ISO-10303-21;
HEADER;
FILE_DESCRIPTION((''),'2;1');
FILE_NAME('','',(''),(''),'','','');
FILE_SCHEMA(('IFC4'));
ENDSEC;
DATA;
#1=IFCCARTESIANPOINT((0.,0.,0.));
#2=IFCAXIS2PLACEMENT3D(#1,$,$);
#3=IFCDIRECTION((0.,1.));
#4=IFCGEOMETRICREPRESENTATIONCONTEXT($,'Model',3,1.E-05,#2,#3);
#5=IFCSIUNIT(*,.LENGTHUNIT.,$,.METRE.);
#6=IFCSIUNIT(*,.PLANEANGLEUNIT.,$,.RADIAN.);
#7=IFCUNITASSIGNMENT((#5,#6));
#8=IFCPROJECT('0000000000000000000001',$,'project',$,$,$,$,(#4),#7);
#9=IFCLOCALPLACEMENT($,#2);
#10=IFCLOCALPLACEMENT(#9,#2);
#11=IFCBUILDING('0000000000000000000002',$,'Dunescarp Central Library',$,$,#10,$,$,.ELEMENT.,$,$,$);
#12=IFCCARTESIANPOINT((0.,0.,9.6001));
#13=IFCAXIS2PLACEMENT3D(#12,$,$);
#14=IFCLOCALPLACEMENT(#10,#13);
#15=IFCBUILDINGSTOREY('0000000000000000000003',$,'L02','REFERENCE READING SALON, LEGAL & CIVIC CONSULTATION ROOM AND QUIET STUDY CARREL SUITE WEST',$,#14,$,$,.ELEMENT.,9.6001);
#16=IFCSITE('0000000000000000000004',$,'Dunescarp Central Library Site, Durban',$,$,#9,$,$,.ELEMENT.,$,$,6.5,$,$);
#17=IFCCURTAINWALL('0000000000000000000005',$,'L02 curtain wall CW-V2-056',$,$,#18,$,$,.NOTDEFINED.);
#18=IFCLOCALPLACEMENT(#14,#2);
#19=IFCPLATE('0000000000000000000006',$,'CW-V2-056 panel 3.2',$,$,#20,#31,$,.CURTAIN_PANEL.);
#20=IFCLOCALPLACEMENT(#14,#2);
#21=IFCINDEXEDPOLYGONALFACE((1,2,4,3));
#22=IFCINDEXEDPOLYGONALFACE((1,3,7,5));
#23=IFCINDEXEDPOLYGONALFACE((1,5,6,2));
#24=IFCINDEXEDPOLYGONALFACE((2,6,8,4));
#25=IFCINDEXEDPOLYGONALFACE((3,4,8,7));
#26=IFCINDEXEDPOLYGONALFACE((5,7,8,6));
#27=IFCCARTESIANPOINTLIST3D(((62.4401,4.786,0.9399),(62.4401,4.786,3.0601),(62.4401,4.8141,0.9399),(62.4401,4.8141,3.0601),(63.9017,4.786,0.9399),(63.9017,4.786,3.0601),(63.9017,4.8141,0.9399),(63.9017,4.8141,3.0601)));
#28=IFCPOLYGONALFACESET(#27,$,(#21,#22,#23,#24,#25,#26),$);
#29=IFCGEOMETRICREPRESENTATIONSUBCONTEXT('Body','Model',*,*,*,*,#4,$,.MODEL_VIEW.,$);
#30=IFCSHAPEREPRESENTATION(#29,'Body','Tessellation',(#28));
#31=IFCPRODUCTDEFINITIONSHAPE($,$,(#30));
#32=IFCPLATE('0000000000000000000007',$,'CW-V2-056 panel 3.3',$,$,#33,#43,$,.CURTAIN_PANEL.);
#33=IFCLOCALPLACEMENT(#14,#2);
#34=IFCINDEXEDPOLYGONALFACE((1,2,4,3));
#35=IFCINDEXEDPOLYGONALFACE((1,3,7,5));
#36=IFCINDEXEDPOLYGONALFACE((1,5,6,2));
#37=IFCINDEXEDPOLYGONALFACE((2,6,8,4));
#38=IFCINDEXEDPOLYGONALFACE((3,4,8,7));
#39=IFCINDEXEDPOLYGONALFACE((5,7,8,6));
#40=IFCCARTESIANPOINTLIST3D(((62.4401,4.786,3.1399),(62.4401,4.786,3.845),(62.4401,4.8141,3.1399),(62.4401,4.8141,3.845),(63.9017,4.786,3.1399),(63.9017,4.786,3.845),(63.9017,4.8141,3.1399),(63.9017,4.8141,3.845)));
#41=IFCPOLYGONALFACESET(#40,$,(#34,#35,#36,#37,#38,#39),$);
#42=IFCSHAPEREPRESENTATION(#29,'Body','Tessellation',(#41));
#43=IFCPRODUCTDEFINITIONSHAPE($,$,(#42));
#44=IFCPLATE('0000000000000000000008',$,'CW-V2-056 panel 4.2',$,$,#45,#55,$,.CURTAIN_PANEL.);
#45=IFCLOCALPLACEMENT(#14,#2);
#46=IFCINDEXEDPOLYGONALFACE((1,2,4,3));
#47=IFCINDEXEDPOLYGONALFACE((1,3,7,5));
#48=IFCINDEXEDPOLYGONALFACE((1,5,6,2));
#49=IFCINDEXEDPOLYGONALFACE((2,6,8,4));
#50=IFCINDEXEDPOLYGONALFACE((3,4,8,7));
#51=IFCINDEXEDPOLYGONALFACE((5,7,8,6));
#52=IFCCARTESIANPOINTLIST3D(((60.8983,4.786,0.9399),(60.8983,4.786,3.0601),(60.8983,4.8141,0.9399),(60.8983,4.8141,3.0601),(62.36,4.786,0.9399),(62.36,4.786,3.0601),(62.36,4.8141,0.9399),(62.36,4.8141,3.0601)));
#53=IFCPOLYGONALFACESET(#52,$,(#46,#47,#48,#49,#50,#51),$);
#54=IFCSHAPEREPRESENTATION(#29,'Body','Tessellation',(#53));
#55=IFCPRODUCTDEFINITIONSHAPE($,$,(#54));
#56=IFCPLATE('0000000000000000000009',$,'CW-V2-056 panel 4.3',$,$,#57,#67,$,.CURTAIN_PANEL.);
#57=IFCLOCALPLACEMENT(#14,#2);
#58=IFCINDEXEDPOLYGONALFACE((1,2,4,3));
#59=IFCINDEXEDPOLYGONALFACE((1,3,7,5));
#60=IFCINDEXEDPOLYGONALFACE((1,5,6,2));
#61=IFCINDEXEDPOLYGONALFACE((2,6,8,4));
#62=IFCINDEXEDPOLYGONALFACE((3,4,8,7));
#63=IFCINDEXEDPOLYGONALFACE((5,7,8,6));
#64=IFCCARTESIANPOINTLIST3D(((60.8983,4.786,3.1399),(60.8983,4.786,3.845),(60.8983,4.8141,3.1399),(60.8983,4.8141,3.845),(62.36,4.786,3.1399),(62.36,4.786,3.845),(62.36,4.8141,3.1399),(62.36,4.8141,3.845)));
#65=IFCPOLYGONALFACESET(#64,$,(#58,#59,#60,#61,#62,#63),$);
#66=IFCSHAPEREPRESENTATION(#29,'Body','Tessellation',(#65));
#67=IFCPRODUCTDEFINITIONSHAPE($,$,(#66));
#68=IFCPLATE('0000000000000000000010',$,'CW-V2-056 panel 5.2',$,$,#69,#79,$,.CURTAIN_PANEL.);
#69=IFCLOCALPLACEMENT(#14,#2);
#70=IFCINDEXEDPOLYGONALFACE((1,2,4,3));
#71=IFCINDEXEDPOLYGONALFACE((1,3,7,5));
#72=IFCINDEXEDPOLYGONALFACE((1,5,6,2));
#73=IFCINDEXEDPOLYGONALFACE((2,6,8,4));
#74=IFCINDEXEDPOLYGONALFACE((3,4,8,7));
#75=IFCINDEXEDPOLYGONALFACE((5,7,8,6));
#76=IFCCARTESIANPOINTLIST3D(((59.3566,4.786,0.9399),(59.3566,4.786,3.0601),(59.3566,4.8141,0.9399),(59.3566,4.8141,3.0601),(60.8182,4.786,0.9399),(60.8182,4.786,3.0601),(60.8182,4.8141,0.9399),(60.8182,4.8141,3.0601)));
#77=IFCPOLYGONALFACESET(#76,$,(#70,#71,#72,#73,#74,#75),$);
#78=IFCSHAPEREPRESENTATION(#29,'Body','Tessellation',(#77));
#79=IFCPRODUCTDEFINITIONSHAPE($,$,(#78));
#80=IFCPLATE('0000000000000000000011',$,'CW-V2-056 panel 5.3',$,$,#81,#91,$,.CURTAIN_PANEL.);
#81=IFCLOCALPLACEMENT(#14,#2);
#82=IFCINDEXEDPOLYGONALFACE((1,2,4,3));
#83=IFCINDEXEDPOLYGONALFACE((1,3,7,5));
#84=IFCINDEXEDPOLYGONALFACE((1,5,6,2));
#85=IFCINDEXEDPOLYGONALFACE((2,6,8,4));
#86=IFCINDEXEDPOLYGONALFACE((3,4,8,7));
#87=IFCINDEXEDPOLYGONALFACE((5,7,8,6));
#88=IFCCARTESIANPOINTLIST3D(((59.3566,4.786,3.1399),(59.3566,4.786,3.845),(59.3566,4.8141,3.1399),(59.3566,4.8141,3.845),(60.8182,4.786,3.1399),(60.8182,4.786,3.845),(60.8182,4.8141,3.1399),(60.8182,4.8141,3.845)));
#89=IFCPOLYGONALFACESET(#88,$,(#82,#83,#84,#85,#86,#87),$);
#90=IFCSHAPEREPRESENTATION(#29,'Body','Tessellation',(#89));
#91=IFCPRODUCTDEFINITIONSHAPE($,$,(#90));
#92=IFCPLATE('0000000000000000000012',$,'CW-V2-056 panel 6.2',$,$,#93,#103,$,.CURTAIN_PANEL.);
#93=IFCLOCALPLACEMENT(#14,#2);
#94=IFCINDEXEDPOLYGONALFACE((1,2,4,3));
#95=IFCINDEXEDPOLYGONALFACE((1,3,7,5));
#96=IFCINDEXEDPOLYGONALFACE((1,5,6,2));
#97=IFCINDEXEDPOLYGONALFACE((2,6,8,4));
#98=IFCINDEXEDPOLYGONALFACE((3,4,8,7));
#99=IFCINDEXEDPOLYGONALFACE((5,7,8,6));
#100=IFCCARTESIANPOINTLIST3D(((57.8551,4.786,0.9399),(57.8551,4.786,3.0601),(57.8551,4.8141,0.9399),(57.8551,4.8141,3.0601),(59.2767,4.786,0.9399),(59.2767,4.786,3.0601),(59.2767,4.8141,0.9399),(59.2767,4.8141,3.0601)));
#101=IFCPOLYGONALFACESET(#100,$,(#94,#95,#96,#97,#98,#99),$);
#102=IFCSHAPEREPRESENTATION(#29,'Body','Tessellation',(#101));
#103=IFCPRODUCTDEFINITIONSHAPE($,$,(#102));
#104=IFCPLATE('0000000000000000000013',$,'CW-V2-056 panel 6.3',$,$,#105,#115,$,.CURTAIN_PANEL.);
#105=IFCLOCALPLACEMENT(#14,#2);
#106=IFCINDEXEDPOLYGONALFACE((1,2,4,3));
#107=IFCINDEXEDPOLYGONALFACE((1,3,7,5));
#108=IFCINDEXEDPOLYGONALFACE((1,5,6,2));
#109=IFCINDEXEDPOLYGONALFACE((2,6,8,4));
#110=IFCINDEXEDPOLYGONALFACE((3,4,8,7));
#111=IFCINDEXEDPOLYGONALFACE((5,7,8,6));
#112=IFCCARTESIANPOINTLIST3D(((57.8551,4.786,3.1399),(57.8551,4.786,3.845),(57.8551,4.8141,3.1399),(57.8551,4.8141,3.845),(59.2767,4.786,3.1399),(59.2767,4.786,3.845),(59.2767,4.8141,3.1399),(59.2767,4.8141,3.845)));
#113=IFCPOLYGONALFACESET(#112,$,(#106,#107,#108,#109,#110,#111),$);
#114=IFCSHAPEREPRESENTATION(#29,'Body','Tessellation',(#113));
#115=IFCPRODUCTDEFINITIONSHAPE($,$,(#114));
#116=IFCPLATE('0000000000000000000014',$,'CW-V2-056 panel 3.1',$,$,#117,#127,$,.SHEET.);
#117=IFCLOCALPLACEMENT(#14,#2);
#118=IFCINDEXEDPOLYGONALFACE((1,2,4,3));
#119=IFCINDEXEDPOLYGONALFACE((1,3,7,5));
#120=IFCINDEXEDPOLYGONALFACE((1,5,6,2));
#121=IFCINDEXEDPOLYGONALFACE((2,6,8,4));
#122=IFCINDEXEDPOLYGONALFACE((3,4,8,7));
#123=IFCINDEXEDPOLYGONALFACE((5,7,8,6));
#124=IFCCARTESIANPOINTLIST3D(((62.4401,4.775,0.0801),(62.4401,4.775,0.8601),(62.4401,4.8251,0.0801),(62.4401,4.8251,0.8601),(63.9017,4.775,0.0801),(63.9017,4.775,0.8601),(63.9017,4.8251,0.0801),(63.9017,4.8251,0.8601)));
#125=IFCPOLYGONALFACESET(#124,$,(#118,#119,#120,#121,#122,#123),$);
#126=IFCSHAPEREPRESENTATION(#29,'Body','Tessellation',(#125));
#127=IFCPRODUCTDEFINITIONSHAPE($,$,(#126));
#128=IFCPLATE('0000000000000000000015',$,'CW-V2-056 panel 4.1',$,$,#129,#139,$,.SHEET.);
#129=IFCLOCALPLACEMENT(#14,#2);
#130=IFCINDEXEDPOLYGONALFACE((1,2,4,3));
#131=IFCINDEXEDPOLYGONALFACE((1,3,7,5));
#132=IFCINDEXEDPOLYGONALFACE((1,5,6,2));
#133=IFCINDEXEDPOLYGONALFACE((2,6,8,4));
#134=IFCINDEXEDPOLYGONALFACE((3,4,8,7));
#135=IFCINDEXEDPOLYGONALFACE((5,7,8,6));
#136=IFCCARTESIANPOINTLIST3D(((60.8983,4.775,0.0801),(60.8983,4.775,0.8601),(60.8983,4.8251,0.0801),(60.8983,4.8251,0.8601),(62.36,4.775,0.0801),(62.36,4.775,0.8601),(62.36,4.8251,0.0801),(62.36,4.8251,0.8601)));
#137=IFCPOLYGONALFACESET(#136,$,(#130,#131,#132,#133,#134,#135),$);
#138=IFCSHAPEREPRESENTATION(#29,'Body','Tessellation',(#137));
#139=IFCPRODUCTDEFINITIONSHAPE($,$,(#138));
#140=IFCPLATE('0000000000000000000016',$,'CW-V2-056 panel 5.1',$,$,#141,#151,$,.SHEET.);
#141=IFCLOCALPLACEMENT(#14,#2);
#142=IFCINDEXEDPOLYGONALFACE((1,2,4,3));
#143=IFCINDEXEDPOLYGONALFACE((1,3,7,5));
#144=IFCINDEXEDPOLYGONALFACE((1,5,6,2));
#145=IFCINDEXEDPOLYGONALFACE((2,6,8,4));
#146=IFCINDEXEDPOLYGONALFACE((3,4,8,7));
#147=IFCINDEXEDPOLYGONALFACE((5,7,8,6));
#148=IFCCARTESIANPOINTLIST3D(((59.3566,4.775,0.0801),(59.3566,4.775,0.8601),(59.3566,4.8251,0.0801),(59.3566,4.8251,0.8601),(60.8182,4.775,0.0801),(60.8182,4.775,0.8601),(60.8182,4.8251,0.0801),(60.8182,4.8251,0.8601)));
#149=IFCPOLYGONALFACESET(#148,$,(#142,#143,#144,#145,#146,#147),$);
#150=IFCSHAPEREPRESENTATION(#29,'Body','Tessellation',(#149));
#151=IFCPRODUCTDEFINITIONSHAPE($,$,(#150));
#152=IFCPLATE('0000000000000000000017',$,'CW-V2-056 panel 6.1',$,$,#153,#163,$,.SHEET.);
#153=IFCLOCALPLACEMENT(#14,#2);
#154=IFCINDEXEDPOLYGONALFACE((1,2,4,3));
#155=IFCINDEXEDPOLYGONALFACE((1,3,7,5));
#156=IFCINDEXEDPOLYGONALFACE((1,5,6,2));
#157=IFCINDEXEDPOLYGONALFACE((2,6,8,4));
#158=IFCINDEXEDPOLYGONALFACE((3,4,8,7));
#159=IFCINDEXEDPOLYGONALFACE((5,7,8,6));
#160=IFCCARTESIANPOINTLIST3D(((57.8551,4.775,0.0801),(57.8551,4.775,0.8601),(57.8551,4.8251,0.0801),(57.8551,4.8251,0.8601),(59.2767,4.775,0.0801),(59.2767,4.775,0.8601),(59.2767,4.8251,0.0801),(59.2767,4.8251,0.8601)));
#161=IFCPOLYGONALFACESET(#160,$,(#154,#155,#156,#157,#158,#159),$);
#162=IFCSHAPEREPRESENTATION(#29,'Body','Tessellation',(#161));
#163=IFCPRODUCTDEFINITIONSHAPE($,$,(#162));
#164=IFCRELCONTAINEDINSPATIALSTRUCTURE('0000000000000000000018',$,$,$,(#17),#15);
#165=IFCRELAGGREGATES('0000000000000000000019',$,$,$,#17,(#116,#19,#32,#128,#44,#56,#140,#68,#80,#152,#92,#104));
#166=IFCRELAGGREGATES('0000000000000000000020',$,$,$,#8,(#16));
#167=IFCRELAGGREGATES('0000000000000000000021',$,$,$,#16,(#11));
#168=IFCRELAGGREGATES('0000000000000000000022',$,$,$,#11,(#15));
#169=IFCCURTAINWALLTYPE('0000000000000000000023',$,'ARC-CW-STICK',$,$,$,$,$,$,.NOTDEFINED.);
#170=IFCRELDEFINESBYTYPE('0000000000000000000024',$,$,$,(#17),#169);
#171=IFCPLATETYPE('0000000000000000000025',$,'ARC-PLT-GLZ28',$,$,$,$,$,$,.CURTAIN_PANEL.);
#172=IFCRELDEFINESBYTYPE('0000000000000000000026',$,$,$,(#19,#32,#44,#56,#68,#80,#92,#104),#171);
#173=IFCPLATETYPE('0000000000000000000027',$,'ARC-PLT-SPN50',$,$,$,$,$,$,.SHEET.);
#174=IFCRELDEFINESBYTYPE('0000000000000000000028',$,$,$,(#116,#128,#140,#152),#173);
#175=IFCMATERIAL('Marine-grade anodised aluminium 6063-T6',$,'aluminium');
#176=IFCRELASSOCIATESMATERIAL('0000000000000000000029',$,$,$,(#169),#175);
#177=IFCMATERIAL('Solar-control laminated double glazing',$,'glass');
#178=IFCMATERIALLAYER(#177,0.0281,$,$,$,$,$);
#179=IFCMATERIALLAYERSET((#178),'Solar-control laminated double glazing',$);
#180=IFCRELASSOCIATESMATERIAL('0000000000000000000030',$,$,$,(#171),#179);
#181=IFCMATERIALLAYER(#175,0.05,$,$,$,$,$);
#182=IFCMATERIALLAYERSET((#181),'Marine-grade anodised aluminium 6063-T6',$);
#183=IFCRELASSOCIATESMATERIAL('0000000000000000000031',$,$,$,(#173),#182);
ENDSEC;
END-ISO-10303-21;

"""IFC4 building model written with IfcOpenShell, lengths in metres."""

from ifc_helpers import new_model, si_unit, direction, frame, origin, origin_2d, place, context, subcontext, project, spatial, rectangle, extrude, material, layer, layer_set, type_object, element, aggregate, save


model = new_model("IFC4")

# Units and contexts
model_context = context("Model", 3, precision=1e-05, world=origin(), true_north=direction((0.0, 1.0)))
body_context = subcontext(model_context, "Body", "Model", "MODEL_VIEW")
ifc_project = project(units=[si_unit("LENGTHUNIT", "METRE"), si_unit("PLANEANGLEUNIT", "RADIAN")], contexts=[model_context])

# Site, building, storey
site_placement = place(None, origin())
site = spatial("IfcSite", under=ifc_project, at=site_placement, Name="Dunescarp Central Library Site, Durban", CompositionType="ELEMENT", RefElevation=6.5)
building_placement = place(site_placement, origin())
building = spatial("IfcBuilding", under=site, at=building_placement, Name="Dunescarp Central Library", CompositionType="ELEMENT")
storey_placement = place(building_placement, frame((0.0, 0.0, 9.6001)))
storey = spatial("IfcBuildingStorey", under=building, at=storey_placement, Name="L02", Description="REFERENCE READING SALON, LEGAL & CIVIC CONSULTATION ROOM AND QUIET STUDY CARREL SUITE WEST", CompositionType="ELEMENT", Elevation=9.6001)

# Curtain wall, plates
ifc_material_1 = material(Name="Marine-grade anodised aluminium 6063-T6", Category="aluminium")
curtain_wall_type = type_object("IfcCurtainWallType", Name="ARC-CW-STICK", PredefinedType="NOTDEFINED", material=ifc_material_1)
curtain_wall_placement = place(storey_placement, origin())
curtain_wall = element("IfcCurtainWall", 1, at=curtain_wall_placement, inside=storey, type_object=curtain_wall_type, Name="L02 curtain wall CW-V2-056", PredefinedType="NOTDEFINED")
ifc_material_2 = material(Name="Solar-control laminated double glazing", Category="glass")
ifc_layer_1 = layer(ifc_material_2, 0.0281)
ifc_layer_set_1 = layer_set([ifc_layer_1], Name="Solar-control laminated double glazing")
plate_type_1 = type_object("IfcPlateType", Name="ARC-PLT-GLZ28", PredefinedType="CURTAIN_PANEL", material=ifc_layer_set_1)
plate_1_placement = place(storey_placement, frame((63.1709, 4.8, 0.9399), z_axis=(0.0, 0.0, 1.0), x_axis=(-1.0, 0.0, 0.0)))
plate_1 = element("IfcPlate", 2, at=plate_1_placement, type_object=plate_type_1, Name="CW-V2-056 panel 3.2", PredefinedType="CURTAIN_PANEL", context=body_context, shape_type="SweptSolid", body=[
    extrude(rectangle(XDim=1.4617, YDim=0.0281, at=origin_2d()), origin(), (0.0, 0.0, 1.0), 2.1201),
])
plate_2_placement = place(storey_placement, frame((63.1709, 4.8, 3.1399), z_axis=(0.0, 0.0, 1.0), x_axis=(-1.0, 0.0, 0.0)))
plate_2 = element("IfcPlate", 3, at=plate_2_placement, type_object=plate_type_1, Name="CW-V2-056 panel 3.3", PredefinedType="CURTAIN_PANEL", context=body_context, shape_type="SweptSolid", body=[
    extrude(rectangle(XDim=1.4617, YDim=0.0281, at=origin_2d()), origin(), (0.0, 0.0, 1.0), 0.7051),
])
plate_3_placement = place(storey_placement, frame((61.6292, 4.8, 0.9399), z_axis=(0.0, 0.0, 1.0), x_axis=(-1.0, 0.0, 0.0)))
plate_3 = element("IfcPlate", 4, at=plate_3_placement, type_object=plate_type_1, Name="CW-V2-056 panel 4.2", PredefinedType="CURTAIN_PANEL", context=body_context, shape_type="SweptSolid", body=[
    extrude(rectangle(XDim=1.4617, YDim=0.0281, at=origin_2d()), origin(), (0.0, 0.0, 1.0), 2.1201),
])
plate_4_placement = place(storey_placement, frame((61.6292, 4.8, 3.1399), z_axis=(0.0, 0.0, 1.0), x_axis=(-1.0, 0.0, 0.0)))
plate_4 = element("IfcPlate", 5, at=plate_4_placement, type_object=plate_type_1, Name="CW-V2-056 panel 4.3", PredefinedType="CURTAIN_PANEL", context=body_context, shape_type="SweptSolid", body=[
    extrude(rectangle(XDim=1.4617, YDim=0.0281, at=origin_2d()), origin(), (0.0, 0.0, 1.0), 0.7051),
])
plate_5_placement = place(storey_placement, frame((60.0874, 4.8, 0.9399), z_axis=(0.0, 0.0, 1.0), x_axis=(-1.0, 0.0, 0.0)))
plate_5 = element("IfcPlate", 6, at=plate_5_placement, type_object=plate_type_1, Name="CW-V2-056 panel 5.2", PredefinedType="CURTAIN_PANEL", context=body_context, shape_type="SweptSolid", body=[
    extrude(rectangle(XDim=1.4617, YDim=0.0281, at=origin_2d()), origin(), (0.0, 0.0, 1.0), 2.1201),
])
plate_6_placement = place(storey_placement, frame((60.0874, 4.8, 3.1399), z_axis=(0.0, 0.0, 1.0), x_axis=(-1.0, 0.0, 0.0)))
plate_6 = element("IfcPlate", 7, at=plate_6_placement, type_object=plate_type_1, Name="CW-V2-056 panel 5.3", PredefinedType="CURTAIN_PANEL", context=body_context, shape_type="SweptSolid", body=[
    extrude(rectangle(XDim=1.4617, YDim=0.0281, at=origin_2d()), origin(), (0.0, 0.0, 1.0), 0.7051),
])
plate_7_placement = place(storey_placement, frame((58.5659, 4.8, 0.9399), z_axis=(0.0, 0.0, 1.0), x_axis=(-1.0, 0.0, 0.0)))
plate_7 = element("IfcPlate", 8, at=plate_7_placement, type_object=plate_type_1, Name="CW-V2-056 panel 6.2", PredefinedType="CURTAIN_PANEL", context=body_context, shape_type="SweptSolid", body=[
    extrude(rectangle(XDim=1.4216, YDim=0.0281, at=origin_2d()), origin(), (0.0, 0.0, 1.0), 2.1201),
])
plate_8_placement = place(storey_placement, frame((58.5659, 4.8, 3.1399), z_axis=(0.0, 0.0, 1.0), x_axis=(-1.0, 0.0, 0.0)))
plate_8 = element("IfcPlate", 9, at=plate_8_placement, type_object=plate_type_1, Name="CW-V2-056 panel 6.3", PredefinedType="CURTAIN_PANEL", context=body_context, shape_type="SweptSolid", body=[
    extrude(rectangle(XDim=1.4216, YDim=0.0281, at=origin_2d()), origin(), (0.0, 0.0, 1.0), 0.7051),
])
ifc_layer_2 = layer(ifc_material_1, 0.05)
ifc_layer_set_2 = layer_set([ifc_layer_2], Name="Marine-grade anodised aluminium 6063-T6")
plate_type_2 = type_object("IfcPlateType", Name="ARC-PLT-SPN50", PredefinedType="SHEET", material=ifc_layer_set_2)
plate_9_placement = place(storey_placement, frame((63.1709, 4.8, 0.0801), z_axis=(0.0, 0.0, 1.0), x_axis=(-1.0, 0.0, 0.0)))
plate_9 = element("IfcPlate", 10, at=plate_9_placement, type_object=plate_type_2, Name="CW-V2-056 panel 3.1", PredefinedType="SHEET", context=body_context, shape_type="SweptSolid", body=[
    extrude(rectangle(XDim=1.4617, YDim=0.05, at=origin_2d()), origin(), (0.0, 0.0, 1.0), 0.78),
])
plate_10_placement = place(storey_placement, frame((61.6292, 4.8, 0.0801), z_axis=(0.0, 0.0, 1.0), x_axis=(-1.0, 0.0, 0.0)))
plate_10 = element("IfcPlate", 11, at=plate_10_placement, type_object=plate_type_2, Name="CW-V2-056 panel 4.1", PredefinedType="SHEET", context=body_context, shape_type="SweptSolid", body=[
    extrude(rectangle(XDim=1.4617, YDim=0.05, at=origin_2d()), origin(), (0.0, 0.0, 1.0), 0.78),
])
plate_11_placement = place(storey_placement, frame((60.0874, 4.8, 0.0801), z_axis=(0.0, 0.0, 1.0), x_axis=(-1.0, 0.0, 0.0)))
plate_11 = element("IfcPlate", 12, at=plate_11_placement, type_object=plate_type_2, Name="CW-V2-056 panel 5.1", PredefinedType="SHEET", context=body_context, shape_type="SweptSolid", body=[
    extrude(rectangle(XDim=1.4617, YDim=0.05, at=origin_2d()), origin(), (0.0, 0.0, 1.0), 0.78),
])
plate_12_placement = place(storey_placement, frame((58.5659, 4.8, 0.0801), z_axis=(0.0, 0.0, 1.0), x_axis=(-1.0, 0.0, 0.0)))
plate_12 = element("IfcPlate", 13, at=plate_12_placement, type_object=plate_type_2, Name="CW-V2-056 panel 6.1", PredefinedType="SHEET", context=body_context, shape_type="SweptSolid", body=[
    extrude(rectangle(XDim=1.4216, YDim=0.05, at=origin_2d()), origin(), (0.0, 0.0, 1.0), 0.78),
])
aggregate(curtain_wall, [plate_9, plate_1, plate_2, plate_10, plate_3, plate_4, plate_11, plate_5, plate_6, plate_12, plate_7, plate_8])

save(model, "model.ifc")
